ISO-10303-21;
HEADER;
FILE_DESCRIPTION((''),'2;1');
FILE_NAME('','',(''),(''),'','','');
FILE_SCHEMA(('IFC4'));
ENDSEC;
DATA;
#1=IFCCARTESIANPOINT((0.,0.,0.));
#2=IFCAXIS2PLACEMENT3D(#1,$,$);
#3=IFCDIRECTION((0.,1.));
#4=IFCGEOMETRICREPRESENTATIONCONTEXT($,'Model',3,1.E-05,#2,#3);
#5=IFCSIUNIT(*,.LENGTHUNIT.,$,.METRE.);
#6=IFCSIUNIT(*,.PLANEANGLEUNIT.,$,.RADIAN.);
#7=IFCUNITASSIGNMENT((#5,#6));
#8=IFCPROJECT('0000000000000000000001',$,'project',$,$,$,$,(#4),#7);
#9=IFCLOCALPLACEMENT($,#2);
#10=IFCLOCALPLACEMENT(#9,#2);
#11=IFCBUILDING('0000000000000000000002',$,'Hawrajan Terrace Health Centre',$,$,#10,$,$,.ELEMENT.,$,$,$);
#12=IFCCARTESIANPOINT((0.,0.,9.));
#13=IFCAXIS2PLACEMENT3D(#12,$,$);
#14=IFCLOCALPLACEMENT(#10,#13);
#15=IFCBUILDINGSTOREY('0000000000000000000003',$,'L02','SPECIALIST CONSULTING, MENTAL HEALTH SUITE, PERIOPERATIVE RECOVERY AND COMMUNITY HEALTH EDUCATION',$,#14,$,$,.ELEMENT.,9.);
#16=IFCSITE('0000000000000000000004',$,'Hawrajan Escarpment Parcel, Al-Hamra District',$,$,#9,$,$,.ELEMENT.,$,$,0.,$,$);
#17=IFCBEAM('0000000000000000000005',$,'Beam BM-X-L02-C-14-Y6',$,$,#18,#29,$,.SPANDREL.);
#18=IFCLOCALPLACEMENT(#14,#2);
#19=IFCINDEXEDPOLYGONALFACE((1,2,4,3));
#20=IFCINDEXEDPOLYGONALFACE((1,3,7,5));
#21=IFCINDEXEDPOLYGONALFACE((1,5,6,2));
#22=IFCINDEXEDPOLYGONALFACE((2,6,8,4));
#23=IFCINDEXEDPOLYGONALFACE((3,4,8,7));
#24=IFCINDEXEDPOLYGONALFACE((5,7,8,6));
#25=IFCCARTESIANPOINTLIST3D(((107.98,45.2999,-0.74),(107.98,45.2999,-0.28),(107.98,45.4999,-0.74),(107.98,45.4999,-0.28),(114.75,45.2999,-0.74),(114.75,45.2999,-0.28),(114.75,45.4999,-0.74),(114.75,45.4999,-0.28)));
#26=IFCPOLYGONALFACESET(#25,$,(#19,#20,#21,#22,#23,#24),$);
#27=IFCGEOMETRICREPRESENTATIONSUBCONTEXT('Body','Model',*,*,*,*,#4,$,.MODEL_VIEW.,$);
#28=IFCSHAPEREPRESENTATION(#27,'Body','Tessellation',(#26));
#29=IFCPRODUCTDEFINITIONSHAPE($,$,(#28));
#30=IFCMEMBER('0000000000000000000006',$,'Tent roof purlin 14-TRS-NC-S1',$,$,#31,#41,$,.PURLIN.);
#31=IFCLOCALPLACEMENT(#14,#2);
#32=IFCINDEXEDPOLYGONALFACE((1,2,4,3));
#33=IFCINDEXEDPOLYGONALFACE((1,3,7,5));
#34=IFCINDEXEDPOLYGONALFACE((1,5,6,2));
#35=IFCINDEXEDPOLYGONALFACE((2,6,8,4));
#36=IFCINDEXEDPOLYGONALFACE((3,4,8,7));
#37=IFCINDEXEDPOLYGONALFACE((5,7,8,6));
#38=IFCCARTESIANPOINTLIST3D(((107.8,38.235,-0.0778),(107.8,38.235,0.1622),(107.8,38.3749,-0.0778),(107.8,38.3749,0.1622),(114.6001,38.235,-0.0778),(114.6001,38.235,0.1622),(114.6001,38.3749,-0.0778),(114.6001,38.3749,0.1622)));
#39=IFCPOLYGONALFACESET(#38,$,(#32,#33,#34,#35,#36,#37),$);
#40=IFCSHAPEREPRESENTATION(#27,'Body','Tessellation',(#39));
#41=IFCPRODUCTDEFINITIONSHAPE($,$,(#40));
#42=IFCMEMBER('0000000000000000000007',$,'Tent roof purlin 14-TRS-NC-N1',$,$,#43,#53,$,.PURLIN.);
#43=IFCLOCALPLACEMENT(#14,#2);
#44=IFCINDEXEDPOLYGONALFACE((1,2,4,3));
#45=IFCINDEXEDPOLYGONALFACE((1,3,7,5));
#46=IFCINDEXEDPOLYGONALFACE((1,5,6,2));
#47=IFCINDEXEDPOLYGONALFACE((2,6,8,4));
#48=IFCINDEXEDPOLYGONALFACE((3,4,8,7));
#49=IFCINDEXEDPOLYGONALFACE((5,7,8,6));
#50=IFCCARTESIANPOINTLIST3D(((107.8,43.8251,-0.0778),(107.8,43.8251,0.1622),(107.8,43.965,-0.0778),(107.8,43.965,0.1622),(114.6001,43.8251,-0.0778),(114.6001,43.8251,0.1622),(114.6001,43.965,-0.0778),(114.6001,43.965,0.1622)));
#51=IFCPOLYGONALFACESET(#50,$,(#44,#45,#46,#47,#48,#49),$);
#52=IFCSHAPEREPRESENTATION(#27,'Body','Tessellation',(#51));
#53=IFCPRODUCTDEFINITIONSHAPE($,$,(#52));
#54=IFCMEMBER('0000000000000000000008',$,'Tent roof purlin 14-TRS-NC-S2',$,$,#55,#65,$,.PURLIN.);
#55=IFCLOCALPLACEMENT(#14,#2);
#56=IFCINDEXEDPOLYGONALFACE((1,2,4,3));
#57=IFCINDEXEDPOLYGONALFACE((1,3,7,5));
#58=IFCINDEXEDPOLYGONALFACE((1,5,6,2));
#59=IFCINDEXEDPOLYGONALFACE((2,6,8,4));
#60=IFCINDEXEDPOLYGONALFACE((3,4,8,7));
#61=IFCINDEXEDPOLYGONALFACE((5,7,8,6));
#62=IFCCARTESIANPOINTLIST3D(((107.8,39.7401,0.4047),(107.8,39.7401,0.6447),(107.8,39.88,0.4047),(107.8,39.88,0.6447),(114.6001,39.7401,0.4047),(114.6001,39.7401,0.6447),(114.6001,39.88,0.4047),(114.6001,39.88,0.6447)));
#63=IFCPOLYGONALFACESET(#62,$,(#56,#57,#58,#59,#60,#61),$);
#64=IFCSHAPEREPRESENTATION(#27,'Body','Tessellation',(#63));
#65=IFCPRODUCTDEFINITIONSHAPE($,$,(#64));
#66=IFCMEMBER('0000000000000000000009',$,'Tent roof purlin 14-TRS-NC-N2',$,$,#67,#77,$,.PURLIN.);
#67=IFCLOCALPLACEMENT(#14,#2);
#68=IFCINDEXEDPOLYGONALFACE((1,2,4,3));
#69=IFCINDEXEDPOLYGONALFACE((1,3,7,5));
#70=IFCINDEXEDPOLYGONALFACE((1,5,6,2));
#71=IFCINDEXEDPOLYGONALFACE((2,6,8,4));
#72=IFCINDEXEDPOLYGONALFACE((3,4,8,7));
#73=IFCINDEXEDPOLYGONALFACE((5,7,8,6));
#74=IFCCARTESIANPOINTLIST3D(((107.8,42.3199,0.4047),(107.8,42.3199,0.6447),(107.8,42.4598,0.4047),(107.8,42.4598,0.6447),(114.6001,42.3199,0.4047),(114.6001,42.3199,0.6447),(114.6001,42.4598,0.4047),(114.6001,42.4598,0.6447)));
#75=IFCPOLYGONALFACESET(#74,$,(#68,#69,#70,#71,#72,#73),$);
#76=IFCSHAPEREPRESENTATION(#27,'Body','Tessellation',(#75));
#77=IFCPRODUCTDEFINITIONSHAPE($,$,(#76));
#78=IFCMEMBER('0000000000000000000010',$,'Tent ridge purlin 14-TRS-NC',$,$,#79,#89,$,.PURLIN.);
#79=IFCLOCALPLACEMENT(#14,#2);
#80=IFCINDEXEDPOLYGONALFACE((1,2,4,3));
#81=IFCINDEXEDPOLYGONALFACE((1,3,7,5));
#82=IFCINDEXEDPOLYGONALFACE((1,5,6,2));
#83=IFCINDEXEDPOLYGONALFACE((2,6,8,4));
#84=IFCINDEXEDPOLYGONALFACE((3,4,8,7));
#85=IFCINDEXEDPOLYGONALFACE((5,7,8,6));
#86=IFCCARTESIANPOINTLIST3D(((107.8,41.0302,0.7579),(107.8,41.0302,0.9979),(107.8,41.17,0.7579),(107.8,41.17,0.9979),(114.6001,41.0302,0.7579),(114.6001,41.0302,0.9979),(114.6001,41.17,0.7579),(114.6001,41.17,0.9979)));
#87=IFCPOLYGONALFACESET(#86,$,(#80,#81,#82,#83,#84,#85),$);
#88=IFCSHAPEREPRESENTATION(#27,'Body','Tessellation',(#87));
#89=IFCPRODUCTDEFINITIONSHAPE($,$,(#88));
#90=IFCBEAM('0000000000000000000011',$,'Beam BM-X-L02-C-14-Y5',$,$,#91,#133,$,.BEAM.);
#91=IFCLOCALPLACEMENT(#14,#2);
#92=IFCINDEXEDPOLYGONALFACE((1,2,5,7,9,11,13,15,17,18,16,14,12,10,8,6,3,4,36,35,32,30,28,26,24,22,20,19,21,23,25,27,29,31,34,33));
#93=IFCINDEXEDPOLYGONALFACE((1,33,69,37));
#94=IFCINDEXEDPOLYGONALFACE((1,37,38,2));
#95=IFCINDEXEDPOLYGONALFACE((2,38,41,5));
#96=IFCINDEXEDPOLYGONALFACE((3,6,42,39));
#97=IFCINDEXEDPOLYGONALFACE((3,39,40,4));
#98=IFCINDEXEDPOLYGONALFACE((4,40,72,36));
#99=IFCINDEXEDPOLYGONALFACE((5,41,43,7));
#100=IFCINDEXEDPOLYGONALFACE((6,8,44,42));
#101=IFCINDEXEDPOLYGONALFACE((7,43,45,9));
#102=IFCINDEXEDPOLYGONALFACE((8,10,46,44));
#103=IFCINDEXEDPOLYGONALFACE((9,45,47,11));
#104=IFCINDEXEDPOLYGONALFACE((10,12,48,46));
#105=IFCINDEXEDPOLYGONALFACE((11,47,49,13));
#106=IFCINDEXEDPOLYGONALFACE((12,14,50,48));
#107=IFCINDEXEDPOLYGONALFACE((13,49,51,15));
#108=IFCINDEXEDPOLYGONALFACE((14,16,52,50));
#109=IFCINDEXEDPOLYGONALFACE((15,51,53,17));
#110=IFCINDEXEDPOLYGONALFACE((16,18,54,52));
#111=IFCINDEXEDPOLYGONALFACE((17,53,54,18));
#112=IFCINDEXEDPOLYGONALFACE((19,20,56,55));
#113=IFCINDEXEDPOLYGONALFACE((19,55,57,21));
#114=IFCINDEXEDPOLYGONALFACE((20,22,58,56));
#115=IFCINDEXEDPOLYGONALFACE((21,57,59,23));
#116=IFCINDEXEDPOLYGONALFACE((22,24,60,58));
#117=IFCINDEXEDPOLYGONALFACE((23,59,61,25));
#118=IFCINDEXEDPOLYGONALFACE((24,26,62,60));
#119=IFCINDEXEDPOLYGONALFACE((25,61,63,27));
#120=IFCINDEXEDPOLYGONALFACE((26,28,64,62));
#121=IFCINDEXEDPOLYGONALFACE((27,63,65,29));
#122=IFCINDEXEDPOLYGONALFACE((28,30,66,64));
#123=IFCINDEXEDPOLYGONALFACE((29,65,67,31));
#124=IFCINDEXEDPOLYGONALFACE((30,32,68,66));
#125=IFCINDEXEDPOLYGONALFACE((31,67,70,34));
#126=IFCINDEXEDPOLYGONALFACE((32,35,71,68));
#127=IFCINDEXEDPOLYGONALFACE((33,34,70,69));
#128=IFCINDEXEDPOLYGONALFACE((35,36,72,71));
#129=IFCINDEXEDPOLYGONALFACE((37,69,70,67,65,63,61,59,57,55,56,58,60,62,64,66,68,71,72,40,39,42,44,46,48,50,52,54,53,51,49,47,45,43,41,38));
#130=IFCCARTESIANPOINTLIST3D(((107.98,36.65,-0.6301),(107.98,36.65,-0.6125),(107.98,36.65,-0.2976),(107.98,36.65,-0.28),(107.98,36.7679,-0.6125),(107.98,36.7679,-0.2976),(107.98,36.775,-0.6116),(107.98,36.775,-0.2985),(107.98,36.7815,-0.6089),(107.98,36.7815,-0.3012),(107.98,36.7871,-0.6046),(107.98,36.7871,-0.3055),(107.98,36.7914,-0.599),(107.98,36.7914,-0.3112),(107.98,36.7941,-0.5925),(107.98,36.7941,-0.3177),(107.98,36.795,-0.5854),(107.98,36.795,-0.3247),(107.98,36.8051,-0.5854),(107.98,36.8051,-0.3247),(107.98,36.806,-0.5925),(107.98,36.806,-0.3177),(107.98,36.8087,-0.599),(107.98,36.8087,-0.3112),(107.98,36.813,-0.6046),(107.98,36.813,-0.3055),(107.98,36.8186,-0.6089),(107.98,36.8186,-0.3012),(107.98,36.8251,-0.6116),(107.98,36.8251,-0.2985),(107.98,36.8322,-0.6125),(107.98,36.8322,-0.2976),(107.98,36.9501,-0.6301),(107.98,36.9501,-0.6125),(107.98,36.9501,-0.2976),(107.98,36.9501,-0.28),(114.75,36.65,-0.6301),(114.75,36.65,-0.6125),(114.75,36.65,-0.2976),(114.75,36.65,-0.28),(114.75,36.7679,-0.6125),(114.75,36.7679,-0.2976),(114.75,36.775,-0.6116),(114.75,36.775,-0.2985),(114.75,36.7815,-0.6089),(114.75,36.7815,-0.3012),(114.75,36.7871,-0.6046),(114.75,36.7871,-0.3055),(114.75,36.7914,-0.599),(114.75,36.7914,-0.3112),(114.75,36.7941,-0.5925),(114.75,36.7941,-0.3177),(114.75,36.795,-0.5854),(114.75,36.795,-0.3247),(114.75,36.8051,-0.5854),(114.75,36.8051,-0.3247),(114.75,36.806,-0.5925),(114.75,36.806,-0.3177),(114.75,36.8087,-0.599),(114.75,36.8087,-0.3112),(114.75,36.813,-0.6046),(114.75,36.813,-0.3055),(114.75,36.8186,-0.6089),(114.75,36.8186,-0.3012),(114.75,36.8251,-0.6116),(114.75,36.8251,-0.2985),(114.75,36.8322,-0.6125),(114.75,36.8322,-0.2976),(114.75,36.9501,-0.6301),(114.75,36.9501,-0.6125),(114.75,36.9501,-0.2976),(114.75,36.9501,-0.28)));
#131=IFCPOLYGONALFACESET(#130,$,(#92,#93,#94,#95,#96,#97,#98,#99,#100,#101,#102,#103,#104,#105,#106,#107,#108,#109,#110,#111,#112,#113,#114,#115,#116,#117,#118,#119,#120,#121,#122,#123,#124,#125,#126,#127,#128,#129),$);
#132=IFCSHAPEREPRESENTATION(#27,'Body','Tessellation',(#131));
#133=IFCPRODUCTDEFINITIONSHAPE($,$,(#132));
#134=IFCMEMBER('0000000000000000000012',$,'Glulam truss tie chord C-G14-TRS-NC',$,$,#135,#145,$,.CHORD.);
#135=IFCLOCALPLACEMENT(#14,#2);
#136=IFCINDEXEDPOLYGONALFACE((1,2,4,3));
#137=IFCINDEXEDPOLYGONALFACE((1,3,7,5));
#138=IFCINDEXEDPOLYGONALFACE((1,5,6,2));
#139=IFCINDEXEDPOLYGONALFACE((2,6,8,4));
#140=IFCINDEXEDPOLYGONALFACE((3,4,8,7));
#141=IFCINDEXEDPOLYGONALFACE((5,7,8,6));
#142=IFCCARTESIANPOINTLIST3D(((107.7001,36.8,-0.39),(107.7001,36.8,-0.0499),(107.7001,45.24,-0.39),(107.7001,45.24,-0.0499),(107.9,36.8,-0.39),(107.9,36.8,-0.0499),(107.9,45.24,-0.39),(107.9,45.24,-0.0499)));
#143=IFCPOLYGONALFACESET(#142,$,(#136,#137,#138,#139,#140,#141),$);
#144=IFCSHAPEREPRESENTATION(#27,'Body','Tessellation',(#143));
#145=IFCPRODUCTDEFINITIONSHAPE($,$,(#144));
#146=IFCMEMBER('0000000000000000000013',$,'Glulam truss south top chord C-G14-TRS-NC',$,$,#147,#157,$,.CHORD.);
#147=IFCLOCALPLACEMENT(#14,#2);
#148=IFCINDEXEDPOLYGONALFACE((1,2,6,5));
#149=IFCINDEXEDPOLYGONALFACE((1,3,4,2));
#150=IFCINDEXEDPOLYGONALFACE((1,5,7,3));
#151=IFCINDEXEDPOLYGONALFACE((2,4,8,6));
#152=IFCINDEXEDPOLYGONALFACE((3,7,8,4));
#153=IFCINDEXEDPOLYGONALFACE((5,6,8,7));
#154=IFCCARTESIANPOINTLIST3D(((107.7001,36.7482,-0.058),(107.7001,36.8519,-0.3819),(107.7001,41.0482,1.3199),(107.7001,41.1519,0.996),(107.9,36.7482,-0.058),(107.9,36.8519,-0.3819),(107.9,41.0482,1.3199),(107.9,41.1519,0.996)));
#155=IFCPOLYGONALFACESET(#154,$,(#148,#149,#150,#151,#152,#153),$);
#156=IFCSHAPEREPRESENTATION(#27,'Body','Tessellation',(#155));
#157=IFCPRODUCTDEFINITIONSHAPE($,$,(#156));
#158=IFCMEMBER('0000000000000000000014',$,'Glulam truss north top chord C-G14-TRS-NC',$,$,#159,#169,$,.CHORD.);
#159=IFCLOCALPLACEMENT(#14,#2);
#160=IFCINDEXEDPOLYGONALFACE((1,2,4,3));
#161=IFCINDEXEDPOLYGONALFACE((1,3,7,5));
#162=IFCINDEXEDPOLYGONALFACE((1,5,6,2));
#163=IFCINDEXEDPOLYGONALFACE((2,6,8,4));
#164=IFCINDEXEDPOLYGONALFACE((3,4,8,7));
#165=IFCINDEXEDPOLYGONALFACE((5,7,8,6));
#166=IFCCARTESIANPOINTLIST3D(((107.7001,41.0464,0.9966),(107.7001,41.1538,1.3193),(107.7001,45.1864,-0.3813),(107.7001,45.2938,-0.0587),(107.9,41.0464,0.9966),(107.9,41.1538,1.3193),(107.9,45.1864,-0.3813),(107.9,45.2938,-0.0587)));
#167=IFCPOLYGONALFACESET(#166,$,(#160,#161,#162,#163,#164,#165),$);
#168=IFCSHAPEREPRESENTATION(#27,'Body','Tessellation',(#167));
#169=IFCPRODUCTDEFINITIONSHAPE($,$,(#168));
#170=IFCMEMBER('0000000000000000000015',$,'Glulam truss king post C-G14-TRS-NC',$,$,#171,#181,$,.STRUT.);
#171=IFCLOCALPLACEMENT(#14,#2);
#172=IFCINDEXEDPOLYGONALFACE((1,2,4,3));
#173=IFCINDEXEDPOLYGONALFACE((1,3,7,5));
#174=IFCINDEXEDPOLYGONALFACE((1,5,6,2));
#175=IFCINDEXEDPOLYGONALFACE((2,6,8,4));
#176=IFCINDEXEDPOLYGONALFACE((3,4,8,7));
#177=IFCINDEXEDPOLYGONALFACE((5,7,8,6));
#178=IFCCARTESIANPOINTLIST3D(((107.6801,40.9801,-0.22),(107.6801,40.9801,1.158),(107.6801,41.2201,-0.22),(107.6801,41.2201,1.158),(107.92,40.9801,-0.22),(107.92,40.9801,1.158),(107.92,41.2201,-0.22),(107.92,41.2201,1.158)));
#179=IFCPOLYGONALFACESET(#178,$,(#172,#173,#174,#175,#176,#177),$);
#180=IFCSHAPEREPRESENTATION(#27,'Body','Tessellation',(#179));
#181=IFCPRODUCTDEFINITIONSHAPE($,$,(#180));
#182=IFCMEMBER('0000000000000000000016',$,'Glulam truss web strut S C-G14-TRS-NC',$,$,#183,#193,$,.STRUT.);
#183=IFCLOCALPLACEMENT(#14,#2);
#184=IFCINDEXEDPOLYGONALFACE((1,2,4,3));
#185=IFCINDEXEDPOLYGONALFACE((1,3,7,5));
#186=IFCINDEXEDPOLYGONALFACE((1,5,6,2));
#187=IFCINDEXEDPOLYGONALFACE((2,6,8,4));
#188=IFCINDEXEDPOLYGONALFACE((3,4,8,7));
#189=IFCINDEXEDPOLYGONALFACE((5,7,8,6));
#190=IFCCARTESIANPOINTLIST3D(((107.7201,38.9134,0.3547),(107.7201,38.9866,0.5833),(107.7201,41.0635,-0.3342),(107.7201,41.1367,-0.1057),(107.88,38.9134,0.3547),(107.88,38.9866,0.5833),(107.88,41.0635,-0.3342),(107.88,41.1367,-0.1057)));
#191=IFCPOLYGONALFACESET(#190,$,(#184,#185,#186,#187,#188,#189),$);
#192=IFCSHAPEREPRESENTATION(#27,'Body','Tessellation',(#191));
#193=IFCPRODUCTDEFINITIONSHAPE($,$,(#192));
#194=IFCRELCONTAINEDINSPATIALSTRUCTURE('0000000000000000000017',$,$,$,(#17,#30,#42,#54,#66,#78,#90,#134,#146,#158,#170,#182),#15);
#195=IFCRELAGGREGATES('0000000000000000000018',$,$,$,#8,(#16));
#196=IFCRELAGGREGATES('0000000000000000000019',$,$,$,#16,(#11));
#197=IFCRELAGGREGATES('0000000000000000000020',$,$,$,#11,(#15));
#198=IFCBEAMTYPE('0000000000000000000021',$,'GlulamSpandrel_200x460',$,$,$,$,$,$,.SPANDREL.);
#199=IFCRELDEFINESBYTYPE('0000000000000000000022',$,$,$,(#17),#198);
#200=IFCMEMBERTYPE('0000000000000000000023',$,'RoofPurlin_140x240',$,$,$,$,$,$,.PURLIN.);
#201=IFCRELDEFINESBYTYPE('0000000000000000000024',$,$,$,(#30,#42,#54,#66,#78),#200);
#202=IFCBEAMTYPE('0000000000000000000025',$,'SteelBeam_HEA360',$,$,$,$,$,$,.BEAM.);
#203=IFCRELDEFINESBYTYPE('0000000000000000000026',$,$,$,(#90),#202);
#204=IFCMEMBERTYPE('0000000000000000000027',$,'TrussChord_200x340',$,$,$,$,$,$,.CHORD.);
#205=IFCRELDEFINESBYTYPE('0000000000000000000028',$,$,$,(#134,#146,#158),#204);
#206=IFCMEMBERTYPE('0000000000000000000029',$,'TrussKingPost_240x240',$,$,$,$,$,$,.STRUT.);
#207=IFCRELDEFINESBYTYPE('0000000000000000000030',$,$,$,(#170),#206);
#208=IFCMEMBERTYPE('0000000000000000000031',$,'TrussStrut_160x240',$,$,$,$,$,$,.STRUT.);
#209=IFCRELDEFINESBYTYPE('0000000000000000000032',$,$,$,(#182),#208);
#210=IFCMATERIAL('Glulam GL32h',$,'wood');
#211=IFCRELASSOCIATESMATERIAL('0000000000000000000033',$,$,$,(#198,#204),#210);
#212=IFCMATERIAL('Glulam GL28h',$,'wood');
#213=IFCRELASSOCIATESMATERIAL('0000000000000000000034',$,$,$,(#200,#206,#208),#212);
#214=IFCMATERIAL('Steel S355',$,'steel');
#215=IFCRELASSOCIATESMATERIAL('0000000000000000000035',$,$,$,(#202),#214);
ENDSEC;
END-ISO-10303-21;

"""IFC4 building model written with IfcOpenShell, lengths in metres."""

from ifc_helpers import new_model, si_unit, direction, frame, origin, origin_2d, place, context, subcontext, project, spatial, rectangle, i_section, extrude, material, material_profile, profile_set, type_object, element, save


model = new_model("IFC4")

# Units and contexts
model_context = context("Model", 3, precision=1e-05, world=origin(), true_north=direction((0.0, 1.0)))
body_context = subcontext(model_context, "Body", "Model", "MODEL_VIEW")
ifc_project = project(units=[si_unit("LENGTHUNIT", "METRE"), si_unit("PLANEANGLEUNIT", "RADIAN")], contexts=[model_context])

# Site, building, storey
site_placement = place(None, origin())
site = spatial("IfcSite", under=ifc_project, at=site_placement, Name="Hawrajan Escarpment Parcel, Al-Hamra District", CompositionType="ELEMENT", RefElevation=0.0)
building_placement = place(site_placement, origin())
building = spatial("IfcBuilding", under=site, at=building_placement, Name="Hawrajan Terrace Health Centre", CompositionType="ELEMENT")
storey_placement = place(building_placement, frame((0.0, 0.0, 9.0)))
storey = spatial("IfcBuildingStorey", under=building, at=storey_placement, Name="L02", Description="SPECIALIST CONSULTING, MENTAL HEALTH SUITE, PERIOPERATIVE RECOVERY AND COMMUNITY HEALTH EDUCATION", CompositionType="ELEMENT", Elevation=9.0)

# Beam
ifc_material_1 = material(Name="Glulam GL32h", Category="wood")
ifc_material_profile_1 = material_profile(ifc_material_1, rectangle(XDim=0.2, YDim=0.46, at=origin_2d()), Name="GL SP 200x460")
ifc_profile_set_1 = profile_set([ifc_material_profile_1], Name="Glulam GL32h")
beam_type_1 = type_object("IfcBeamType", Name="GlulamSpandrel_200x460", PredefinedType="SPANDREL", material=ifc_profile_set_1)
beam_1_placement = place(storey_placement, frame((107.98, 45.3999, -0.51), z_axis=(1.0, 0.0, 0.0), x_axis=(0.0, 1.0, 0.0)))
element("IfcBeam", 1, at=beam_1_placement, inside=storey, type_object=beam_type_1, Name="Beam BM-X-L02-C-14-Y6", PredefinedType="SPANDREL", context=body_context, shape_type="SweptSolid", body=[
    extrude(rectangle(XDim=0.2, YDim=0.46, at=origin_2d()), origin(), (0.0, 0.0, 1.0), 6.77),
])

# Members
ifc_material_2 = material(Name="Glulam GL28h", Category="wood")
ifc_material_profile_2 = material_profile(ifc_material_2, rectangle(XDim=0.1399, YDim=0.24, at=origin_2d()), Name="GL PUR 140x240")
ifc_profile_set_2 = profile_set([ifc_material_profile_2], Name="Glulam GL28h")
member_type_1 = type_object("IfcMemberType", Name="RoofPurlin_140x240", PredefinedType="PURLIN", material=ifc_profile_set_2)
for number, where, z_axis, x_axis, name in (
    (2, (107.8, 38.3049, 0.0422), (1.0, 0.0, 0.0), (0.0, 1.0, 0.0), "Tent roof purlin 14-TRS-NC-S1"),
    (3, (107.8, 43.895, 0.0422), (1.0, 0.0, 0.0), (0.0, 1.0, 0.0), "Tent roof purlin 14-TRS-NC-N1"),
    (4, (107.8, 39.8101, 0.5247), (1.0, 0.0, 0.0), (0.0, 1.0, 0.0), "Tent roof purlin 14-TRS-NC-S2"),
    (5, (107.8, 42.3899, 0.5247), (1.0, 0.0, 0.0), (0.0, 1.0, 0.0), "Tent roof purlin 14-TRS-NC-N2"),
    (6, (107.8, 41.1001, 0.8779), (1.0, 0.0, 0.0), (0.0, 1.0, 0.0), "Tent ridge purlin 14-TRS-NC"),
):
    element("IfcMember", number, at=place(storey_placement, frame(where, z_axis=z_axis, x_axis=x_axis)), inside=storey, type_object=member_type_1, Name=name, PredefinedType="PURLIN", context=body_context, shape_type="SweptSolid", body=[
        extrude(rectangle(XDim=0.1399, YDim=0.24, at=origin_2d()), origin(), (0.0, 0.0, 1.0), 6.8),
    ])

# Beam
ifc_material_3 = material(Name="Steel S355", Category="steel")
ifc_material_profile_3 = material_profile(ifc_material_3, i_section(OverallWidth=0.3, OverallDepth=0.3501, WebThickness=0.01, FlangeThickness=0.0176, FilletRadius=0.0271, at=origin_2d()), Name="HEA 360")
ifc_profile_set_3 = profile_set([ifc_material_profile_3], Name="Steel S355")
beam_type_2 = type_object("IfcBeamType", Name="SteelBeam_HEA360", PredefinedType="BEAM", material=ifc_profile_set_3)
beam_2_placement = place(storey_placement, frame((107.98, 36.8, -0.4551), z_axis=(1.0, 0.0, 0.0), x_axis=(0.0, 1.0, 0.0)))
element("IfcBeam", 7, at=beam_2_placement, inside=storey, type_object=beam_type_2, Name="Beam BM-X-L02-C-14-Y5", PredefinedType="BEAM", context=body_context, shape_type="SweptSolid", body=[
    extrude(i_section(OverallWidth=0.3, OverallDepth=0.3501, WebThickness=0.01, FlangeThickness=0.0176, FilletRadius=0.0271, at=origin_2d()), origin(), (0.0, 0.0, 1.0), 6.77),
])

# Members
ifc_material_profile_4 = material_profile(ifc_material_1, rectangle(XDim=0.2, YDim=0.3401, at=origin_2d()), Name="GL CHD 200x340")
ifc_profile_set_4 = profile_set([ifc_material_profile_4], Name="Glulam GL32h")
member_type_2 = type_object("IfcMemberType", Name="TrussChord_200x340", PredefinedType="CHORD", material=ifc_profile_set_4)
member_1_placement = place(storey_placement, frame((107.8, 36.8, -0.22), z_axis=(0.0, 1.0, 0.0), x_axis=(-1.0, 0.0, 0.0)))
element("IfcMember", 8, at=member_1_placement, inside=storey, type_object=member_type_2, Name="Glulam truss tie chord C-G14-TRS-NC", PredefinedType="CHORD", context=body_context, shape_type="SweptSolid", body=[
    extrude(rectangle(XDim=0.2, YDim=0.3401, at=origin_2d()), origin(), (0.0, 0.0, 1.0), 8.4399),
])
member_2_placement = place(storey_placement, frame((107.8, 36.8, -0.22), z_axis=(0.0, 0.952301, 0.30516), x_axis=(-1.0, 0.0, 0.0)))
element("IfcMember", 9, at=member_2_placement, inside=storey, type_object=member_type_2, Name="Glulam truss south top chord C-G14-TRS-NC", PredefinedType="CHORD", context=body_context, shape_type="SweptSolid", body=[
    extrude(rectangle(XDim=0.2, YDim=0.3401, at=origin_2d()), origin(), (0.0, 0.0, 1.0), 4.5154),
])
member_3_placement = place(storey_placement, frame((107.8, 41.1001, 1.158), z_axis=(0.0, 0.948823, -0.315808), x_axis=(-1.0, 0.0, 0.0)))
element("IfcMember", 10, at=member_3_placement, inside=storey, type_object=member_type_2, Name="Glulam truss north top chord C-G14-TRS-NC", PredefinedType="CHORD", context=body_context, shape_type="SweptSolid", body=[
    extrude(rectangle(XDim=0.2, YDim=0.3401, at=origin_2d()), origin(), (0.0, 0.0, 1.0), 4.3633),
])
ifc_material_profile_5 = material_profile(ifc_material_2, rectangle(XDim=0.24, YDim=0.24, at=origin_2d()), Name="GL KP 240x240")
ifc_profile_set_5 = profile_set([ifc_material_profile_5], Name="Glulam GL28h")
member_type_3 = type_object("IfcMemberType", Name="TrussKingPost_240x240", PredefinedType="STRUT", material=ifc_profile_set_5)
member_4_placement = place(storey_placement, frame((107.8, 41.1001, -0.22), z_axis=(0.0, 0.0, 1.0), x_axis=(1.0, 0.0, 0.0)))
element("IfcMember", 11, at=member_4_placement, inside=storey, type_object=member_type_3, Name="Glulam truss king post C-G14-TRS-NC", PredefinedType="STRUT", context=body_context, shape_type="SweptSolid", body=[
    extrude(rectangle(XDim=0.24, YDim=0.24, at=origin_2d()), origin(), (0.0, 0.0, 1.0), 1.3779),
])
ifc_material_profile_6 = material_profile(ifc_material_2, rectangle(XDim=0.1599, YDim=0.24, at=origin_2d()), Name="GL WEB 160x240")
ifc_profile_set_6 = profile_set([ifc_material_profile_6], Name="Glulam GL28h")
member_type_4 = type_object("IfcMemberType", Name="TrussStrut_160x240", PredefinedType="STRUT", material=ifc_profile_set_6)
member_5_placement = place(storey_placement, frame((107.8, 41.1001, -0.22), z_axis=(0.0, -0.952306, 0.305145), x_axis=(1.0, 0.0, 0.0)))
element("IfcMember", 12, at=member_5_placement, inside=storey, type_object=member_type_4, Name="Glulam truss web strut S C-G14-TRS-NC", PredefinedType="STRUT", context=body_context, shape_type="SweptSolid", body=[
    extrude(rectangle(XDim=0.1599, YDim=0.24, at=origin_2d()), origin(), (0.0, 0.0, 1.0), 2.2578),
])

save(model, "model.ifc")
